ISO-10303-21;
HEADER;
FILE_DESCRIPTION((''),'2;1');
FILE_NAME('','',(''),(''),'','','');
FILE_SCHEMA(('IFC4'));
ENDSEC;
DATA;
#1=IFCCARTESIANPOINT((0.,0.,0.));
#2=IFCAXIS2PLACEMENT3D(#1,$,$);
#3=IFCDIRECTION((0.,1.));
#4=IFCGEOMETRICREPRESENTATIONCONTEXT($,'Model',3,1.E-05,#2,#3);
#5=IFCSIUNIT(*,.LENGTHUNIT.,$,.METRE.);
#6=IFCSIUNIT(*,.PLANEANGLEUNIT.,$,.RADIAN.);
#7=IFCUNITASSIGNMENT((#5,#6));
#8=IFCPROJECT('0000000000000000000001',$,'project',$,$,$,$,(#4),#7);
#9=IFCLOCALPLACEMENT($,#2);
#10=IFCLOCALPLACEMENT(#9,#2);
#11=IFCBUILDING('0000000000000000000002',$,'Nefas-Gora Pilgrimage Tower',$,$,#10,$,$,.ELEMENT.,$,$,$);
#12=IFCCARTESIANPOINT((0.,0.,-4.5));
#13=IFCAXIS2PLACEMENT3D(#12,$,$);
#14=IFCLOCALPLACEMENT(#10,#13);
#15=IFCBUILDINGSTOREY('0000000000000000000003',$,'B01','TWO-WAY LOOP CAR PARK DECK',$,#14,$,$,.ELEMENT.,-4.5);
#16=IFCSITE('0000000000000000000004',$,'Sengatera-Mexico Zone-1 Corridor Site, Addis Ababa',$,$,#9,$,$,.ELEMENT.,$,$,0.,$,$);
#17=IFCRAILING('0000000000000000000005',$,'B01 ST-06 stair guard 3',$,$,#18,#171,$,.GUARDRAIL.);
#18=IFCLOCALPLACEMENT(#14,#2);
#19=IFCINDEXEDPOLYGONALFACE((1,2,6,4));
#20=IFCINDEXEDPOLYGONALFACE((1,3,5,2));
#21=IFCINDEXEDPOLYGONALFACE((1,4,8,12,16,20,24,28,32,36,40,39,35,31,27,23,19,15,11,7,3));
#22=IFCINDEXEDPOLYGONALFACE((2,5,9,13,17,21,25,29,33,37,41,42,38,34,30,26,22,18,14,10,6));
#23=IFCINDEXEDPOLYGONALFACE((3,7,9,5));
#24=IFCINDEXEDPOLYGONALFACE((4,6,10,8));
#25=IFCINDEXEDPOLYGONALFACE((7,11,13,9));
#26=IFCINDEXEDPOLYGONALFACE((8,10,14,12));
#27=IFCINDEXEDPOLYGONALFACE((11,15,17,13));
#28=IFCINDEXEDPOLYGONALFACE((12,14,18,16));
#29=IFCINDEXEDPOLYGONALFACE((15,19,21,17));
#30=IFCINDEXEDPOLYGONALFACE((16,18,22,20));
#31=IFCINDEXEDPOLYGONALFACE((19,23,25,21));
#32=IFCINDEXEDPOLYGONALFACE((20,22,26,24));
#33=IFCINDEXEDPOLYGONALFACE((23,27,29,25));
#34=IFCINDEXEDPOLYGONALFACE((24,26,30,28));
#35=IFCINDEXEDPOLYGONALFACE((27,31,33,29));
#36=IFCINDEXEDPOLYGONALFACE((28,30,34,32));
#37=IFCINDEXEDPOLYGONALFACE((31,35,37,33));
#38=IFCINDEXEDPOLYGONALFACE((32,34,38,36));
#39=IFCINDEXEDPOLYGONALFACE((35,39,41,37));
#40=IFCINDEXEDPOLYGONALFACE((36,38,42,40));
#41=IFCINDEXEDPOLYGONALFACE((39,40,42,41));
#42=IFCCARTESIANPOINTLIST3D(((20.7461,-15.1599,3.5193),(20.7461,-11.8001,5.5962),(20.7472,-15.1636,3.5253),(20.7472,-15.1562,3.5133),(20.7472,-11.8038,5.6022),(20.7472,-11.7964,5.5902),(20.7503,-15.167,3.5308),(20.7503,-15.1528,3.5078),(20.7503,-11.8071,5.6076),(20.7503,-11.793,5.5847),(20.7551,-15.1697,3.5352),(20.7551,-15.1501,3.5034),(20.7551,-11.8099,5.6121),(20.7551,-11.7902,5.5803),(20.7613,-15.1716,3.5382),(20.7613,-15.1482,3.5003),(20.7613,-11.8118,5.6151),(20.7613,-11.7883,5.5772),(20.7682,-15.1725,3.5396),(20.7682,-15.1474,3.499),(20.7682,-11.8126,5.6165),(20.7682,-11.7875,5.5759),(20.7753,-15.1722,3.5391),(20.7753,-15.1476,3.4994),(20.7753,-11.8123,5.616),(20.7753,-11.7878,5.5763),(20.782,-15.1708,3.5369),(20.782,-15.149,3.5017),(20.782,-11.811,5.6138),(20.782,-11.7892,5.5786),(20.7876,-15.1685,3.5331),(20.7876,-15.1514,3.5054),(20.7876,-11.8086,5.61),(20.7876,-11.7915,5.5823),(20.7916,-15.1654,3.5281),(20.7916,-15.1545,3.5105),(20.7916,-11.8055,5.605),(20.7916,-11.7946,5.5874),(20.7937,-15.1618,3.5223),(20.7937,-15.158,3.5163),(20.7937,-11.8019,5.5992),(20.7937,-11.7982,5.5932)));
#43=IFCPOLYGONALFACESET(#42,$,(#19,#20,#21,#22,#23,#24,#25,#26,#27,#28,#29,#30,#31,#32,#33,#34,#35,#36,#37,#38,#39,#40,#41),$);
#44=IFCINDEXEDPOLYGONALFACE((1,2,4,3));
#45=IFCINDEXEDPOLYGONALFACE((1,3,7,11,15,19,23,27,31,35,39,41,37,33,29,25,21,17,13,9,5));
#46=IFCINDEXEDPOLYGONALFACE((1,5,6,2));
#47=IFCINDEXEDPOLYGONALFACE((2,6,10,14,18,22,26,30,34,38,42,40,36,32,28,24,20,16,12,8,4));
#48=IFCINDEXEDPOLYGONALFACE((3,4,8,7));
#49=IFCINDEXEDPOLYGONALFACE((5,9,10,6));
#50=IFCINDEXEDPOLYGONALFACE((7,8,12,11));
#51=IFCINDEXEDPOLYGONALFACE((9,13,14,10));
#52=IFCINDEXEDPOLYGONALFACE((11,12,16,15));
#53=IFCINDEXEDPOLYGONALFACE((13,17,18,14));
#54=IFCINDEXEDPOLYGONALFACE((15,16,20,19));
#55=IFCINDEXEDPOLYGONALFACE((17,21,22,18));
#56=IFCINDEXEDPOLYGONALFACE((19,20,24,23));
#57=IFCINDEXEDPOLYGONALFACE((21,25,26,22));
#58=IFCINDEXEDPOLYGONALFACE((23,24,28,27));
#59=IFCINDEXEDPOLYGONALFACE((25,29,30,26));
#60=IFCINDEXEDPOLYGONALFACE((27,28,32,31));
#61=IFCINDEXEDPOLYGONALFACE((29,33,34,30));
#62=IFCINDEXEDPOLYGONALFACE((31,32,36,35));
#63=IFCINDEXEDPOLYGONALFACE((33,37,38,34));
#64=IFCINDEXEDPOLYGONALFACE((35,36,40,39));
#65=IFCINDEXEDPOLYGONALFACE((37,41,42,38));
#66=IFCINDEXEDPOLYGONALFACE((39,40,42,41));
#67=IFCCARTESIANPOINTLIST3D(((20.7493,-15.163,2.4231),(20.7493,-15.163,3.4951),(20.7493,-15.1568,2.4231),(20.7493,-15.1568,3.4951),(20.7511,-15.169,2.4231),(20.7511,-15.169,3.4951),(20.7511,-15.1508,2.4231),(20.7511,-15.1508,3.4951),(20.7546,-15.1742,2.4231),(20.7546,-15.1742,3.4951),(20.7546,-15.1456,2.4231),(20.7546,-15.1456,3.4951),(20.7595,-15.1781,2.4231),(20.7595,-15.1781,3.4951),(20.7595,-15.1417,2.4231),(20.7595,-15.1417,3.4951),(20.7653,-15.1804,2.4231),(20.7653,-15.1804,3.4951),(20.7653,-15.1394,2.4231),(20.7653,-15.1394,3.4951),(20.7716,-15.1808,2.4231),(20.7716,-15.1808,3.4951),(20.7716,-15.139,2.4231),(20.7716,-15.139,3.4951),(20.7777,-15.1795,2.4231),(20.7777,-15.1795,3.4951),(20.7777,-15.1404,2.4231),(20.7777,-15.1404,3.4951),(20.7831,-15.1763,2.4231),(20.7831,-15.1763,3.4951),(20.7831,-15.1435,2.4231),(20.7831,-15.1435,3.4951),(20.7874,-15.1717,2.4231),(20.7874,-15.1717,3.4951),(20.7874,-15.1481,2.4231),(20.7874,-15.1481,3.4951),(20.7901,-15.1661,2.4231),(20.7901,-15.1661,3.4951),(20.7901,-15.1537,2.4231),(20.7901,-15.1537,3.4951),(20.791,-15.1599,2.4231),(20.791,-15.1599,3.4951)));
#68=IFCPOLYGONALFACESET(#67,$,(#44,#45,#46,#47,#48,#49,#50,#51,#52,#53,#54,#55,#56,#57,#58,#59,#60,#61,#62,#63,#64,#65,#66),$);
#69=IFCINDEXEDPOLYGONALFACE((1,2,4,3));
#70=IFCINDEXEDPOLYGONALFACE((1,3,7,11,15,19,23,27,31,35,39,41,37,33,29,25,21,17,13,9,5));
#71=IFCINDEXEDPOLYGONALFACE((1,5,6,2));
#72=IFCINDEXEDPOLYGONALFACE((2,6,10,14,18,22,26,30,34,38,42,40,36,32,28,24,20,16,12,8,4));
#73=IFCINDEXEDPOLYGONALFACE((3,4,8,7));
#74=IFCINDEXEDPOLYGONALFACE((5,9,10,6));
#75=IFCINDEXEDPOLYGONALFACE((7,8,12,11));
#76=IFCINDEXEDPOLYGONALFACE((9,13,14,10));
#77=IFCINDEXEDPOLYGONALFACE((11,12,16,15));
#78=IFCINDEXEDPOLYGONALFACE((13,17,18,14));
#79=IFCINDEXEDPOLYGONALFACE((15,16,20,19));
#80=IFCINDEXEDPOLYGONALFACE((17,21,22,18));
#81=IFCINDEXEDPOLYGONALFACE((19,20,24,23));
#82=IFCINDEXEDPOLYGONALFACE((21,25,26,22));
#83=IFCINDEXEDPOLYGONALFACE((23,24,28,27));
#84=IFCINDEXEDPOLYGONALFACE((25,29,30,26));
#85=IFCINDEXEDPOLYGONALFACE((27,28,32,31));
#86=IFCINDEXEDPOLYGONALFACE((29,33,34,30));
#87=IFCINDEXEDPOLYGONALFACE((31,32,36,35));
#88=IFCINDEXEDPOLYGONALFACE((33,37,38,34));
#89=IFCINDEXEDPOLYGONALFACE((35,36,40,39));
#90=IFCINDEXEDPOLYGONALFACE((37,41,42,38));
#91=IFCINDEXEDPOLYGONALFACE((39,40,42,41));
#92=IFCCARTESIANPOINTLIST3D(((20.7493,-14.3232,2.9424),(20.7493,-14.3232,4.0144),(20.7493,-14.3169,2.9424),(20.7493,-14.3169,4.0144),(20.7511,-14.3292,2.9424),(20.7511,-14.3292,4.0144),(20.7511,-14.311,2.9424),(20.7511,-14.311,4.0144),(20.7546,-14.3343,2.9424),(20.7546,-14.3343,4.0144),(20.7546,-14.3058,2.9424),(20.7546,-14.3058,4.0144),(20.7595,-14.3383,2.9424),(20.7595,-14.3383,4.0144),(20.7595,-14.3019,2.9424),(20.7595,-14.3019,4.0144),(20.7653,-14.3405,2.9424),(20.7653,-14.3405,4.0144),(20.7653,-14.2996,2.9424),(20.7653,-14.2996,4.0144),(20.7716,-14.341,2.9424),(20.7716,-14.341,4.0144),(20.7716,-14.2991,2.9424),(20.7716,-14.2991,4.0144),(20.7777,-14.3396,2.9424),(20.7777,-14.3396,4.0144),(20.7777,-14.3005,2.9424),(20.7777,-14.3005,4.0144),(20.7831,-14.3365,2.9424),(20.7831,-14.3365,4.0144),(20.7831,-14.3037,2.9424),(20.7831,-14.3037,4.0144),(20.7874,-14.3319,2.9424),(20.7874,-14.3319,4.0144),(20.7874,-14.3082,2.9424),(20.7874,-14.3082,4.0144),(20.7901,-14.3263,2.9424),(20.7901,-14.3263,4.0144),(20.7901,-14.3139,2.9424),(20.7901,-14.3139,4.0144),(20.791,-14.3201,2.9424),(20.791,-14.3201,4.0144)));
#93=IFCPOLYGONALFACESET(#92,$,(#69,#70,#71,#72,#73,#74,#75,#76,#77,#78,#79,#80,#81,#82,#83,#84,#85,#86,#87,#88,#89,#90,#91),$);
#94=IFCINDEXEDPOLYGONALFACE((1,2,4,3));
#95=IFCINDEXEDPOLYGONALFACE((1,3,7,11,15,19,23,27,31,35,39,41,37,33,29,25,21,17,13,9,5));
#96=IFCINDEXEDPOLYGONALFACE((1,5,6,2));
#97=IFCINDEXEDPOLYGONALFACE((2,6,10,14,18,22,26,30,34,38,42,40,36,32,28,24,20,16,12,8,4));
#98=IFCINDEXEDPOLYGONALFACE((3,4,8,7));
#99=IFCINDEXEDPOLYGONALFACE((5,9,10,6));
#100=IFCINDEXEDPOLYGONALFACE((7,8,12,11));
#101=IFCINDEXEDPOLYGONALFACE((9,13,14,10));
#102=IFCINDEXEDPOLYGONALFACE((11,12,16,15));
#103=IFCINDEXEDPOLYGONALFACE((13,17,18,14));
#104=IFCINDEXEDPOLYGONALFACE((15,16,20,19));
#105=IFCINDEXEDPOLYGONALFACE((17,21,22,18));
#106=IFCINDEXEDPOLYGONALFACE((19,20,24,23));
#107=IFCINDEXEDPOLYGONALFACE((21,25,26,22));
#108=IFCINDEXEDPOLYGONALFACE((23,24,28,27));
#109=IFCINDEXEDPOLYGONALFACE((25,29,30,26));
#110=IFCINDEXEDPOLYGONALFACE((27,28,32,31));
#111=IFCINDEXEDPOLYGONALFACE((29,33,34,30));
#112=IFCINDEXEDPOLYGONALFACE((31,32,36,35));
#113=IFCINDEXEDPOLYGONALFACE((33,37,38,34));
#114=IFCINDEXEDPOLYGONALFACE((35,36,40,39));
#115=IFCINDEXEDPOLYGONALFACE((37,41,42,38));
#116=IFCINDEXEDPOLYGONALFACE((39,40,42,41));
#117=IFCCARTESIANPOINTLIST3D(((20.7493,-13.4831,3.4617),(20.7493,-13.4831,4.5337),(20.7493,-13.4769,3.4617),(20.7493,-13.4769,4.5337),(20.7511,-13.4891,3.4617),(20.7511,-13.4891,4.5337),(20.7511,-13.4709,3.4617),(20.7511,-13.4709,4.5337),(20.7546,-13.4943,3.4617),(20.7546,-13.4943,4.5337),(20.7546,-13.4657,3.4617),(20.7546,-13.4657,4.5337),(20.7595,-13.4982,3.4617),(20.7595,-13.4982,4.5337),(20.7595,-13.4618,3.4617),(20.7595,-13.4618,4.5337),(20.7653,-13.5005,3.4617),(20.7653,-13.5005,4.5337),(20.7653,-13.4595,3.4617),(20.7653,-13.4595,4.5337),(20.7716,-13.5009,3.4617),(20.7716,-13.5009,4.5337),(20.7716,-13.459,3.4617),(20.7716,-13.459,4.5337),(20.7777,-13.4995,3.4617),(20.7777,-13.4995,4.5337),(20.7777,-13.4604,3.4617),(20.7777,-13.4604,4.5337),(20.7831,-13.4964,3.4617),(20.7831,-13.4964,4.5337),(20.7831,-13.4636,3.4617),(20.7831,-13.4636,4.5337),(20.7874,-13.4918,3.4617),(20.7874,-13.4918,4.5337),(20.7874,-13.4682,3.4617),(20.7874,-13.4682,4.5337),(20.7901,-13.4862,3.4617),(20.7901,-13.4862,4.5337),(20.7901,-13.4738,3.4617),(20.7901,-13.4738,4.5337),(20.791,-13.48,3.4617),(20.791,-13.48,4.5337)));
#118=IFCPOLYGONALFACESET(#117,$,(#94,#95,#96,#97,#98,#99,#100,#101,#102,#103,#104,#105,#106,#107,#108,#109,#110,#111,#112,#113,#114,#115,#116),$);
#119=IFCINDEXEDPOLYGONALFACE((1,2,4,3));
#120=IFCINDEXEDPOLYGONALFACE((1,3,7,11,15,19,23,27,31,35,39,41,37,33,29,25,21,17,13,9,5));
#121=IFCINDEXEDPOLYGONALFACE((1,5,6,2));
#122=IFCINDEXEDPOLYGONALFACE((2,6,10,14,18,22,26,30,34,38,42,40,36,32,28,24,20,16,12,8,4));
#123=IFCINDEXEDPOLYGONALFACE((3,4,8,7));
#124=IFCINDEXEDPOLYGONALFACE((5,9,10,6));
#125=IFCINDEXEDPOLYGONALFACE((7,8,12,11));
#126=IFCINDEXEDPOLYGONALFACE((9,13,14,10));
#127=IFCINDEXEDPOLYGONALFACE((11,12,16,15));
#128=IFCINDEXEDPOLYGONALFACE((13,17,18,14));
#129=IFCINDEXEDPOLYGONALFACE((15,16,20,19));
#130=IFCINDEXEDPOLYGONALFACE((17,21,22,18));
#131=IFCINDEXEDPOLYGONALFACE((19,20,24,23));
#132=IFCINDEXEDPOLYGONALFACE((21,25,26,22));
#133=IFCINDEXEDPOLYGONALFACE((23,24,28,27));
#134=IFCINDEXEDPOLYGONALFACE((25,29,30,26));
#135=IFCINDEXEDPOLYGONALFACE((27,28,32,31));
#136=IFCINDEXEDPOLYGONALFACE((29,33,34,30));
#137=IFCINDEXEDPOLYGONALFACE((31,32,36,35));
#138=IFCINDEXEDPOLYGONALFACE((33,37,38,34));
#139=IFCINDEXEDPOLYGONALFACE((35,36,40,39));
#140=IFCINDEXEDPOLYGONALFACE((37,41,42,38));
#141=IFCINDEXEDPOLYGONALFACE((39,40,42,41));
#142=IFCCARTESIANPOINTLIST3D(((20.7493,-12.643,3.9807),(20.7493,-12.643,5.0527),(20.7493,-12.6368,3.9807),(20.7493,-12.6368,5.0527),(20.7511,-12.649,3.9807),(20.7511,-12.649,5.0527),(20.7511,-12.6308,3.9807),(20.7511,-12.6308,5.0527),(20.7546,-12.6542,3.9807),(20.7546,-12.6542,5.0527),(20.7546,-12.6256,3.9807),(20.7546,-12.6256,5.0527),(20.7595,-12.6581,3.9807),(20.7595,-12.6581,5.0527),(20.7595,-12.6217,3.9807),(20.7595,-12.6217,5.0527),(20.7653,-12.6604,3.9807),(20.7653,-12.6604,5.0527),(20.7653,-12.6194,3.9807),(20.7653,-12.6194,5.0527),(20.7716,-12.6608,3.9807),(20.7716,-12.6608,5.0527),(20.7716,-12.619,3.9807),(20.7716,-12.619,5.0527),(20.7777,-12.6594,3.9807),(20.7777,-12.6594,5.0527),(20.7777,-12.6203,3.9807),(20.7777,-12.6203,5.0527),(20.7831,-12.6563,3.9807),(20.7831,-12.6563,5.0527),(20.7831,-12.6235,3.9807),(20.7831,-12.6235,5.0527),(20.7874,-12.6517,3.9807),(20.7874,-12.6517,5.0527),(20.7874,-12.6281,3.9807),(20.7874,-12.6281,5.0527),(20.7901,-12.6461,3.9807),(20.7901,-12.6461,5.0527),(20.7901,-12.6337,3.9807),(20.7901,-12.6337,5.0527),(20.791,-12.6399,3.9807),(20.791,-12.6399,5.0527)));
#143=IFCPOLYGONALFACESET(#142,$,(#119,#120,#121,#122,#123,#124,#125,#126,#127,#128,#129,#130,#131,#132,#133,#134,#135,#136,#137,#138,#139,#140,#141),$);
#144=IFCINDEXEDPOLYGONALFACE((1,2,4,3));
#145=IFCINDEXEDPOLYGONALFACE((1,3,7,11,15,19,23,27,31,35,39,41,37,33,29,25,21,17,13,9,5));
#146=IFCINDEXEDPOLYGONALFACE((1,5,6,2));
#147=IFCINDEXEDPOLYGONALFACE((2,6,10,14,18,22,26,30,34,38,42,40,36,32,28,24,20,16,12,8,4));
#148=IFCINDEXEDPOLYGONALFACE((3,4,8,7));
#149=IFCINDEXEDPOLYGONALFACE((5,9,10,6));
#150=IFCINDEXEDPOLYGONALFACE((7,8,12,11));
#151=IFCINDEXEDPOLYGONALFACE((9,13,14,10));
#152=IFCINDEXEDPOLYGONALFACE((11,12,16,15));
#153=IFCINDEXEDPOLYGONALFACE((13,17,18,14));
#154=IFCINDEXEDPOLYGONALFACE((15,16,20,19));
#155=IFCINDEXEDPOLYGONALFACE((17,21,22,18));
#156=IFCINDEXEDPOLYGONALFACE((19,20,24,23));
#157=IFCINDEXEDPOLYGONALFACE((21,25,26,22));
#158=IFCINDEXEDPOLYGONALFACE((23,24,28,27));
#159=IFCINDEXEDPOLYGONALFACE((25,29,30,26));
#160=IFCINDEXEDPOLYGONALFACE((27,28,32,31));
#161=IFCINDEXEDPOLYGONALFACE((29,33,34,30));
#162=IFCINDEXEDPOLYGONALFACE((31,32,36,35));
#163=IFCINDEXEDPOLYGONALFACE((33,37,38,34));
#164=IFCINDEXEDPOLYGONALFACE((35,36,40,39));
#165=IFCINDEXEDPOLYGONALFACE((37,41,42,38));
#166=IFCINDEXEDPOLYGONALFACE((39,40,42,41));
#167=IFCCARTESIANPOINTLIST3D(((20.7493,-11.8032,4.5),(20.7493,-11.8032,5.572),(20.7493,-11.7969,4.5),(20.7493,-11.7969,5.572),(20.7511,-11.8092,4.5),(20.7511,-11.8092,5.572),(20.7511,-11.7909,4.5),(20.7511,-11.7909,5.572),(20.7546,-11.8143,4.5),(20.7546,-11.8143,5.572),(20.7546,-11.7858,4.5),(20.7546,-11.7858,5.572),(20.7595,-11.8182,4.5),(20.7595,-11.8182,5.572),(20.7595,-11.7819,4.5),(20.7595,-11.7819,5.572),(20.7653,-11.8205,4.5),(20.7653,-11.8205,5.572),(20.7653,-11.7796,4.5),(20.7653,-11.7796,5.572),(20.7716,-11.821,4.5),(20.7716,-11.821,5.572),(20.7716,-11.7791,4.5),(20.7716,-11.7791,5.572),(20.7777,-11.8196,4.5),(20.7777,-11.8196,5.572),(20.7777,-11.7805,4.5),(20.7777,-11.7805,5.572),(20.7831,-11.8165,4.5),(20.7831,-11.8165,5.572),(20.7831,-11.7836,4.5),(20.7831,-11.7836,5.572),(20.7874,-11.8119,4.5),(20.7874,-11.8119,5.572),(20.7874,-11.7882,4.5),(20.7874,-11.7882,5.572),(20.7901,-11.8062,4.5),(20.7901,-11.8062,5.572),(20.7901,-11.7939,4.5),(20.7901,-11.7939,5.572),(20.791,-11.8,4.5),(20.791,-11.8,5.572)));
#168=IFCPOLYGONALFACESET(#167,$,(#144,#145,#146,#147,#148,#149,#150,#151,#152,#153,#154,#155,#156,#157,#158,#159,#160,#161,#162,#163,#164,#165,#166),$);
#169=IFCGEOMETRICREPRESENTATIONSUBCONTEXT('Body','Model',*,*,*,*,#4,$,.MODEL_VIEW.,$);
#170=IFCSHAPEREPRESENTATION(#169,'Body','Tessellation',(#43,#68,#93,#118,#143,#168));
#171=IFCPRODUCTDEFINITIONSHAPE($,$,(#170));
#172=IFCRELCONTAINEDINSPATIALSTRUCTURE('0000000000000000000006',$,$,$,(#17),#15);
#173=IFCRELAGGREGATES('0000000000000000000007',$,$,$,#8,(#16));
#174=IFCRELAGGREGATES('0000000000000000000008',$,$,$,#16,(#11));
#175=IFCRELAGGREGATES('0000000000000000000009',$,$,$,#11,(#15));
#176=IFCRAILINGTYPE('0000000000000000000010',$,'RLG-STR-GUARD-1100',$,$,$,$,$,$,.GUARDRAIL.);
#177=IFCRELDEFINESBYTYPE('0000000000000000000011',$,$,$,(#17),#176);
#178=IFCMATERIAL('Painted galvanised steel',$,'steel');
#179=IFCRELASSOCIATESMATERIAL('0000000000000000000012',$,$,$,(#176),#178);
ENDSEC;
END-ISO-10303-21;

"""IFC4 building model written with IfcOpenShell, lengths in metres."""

from ifc_helpers import new_model, si_unit, direction, frame, origin, origin_2d, place, context, subcontext, project, spatial, circle, extrude, material, type_object, element, save


model = new_model("IFC4")

# Units and contexts
model_context = context("Model", 3, precision=1e-05, world=origin(), true_north=direction((0.0, 1.0)))
body_context = subcontext(model_context, "Body", "Model", "MODEL_VIEW")
ifc_project = project(units=[si_unit("LENGTHUNIT", "METRE"), si_unit("PLANEANGLEUNIT", "RADIAN")], contexts=[model_context])

# Site, building, storey
site_placement = place(None, origin())
site = spatial("IfcSite", under=ifc_project, at=site_placement, Name="Sengatera-Mexico Zone-1 Corridor Site, Addis Ababa", CompositionType="ELEMENT", RefElevation=0.0)
building_placement = place(site_placement, origin())
building = spatial("IfcBuilding", under=site, at=building_placement, Name="Nefas-Gora Pilgrimage Tower", CompositionType="ELEMENT")
storey_placement = place(building_placement, frame((0.0, 0.0, -4.5)))
storey = spatial("IfcBuildingStorey", under=building, at=storey_placement, Name="B01", Description="TWO-WAY LOOP CAR PARK DECK", CompositionType="ELEMENT", Elevation=-4.5)

# Railing
ifc_material_1 = material(Name="Painted galvanised steel", Category="steel")
railing_type_1 = type_object("IfcRailingType", Name="RLG-STR-GUARD-1100", PredefinedType="GUARDRAIL", material=ifc_material_1)
railing_1_placement = place(storey_placement, frame((20.77, -15.1599, 2.4231)))
element("IfcRailing", 1, at=railing_1_placement, inside=storey, type_object=railing_type_1, Name="B01 ST-06 stair guard 3", PredefinedType="GUARDRAIL", context=body_context, shape_type="SweptSolid", body=[
    extrude(circle(Radius=0.0239, at=origin_2d()), frame((0.0, 0.0, 1.0962), z_axis=(0.0, 0.850606, 0.525803), x_axis=(-1.0, 0.0, 0.0)), (0.0, 0.0, 1.0), 3.95),
    extrude(circle(Radius=0.021, at=origin_2d()), origin(), (0.0, 0.0, 1.0), 1.072),
    extrude(circle(Radius=0.021, at=origin_2d()), frame((0.0, 0.8398, 0.5193)), (0.0, 0.0, 1.0), 1.072),
    extrude(circle(Radius=0.021, at=origin_2d()), frame((0.0, 1.6799, 1.0386)), (0.0, 0.0, 1.0), 1.072),
    extrude(circle(Radius=0.021, at=origin_2d()), frame((0.0, 2.52, 1.5576)), (0.0, 0.0, 1.0), 1.072),
    extrude(circle(Radius=0.021, at=origin_2d()), frame((0.0, 3.3599, 2.0769)), (0.0, 0.0, 1.0), 1.072),
])

save(model, "model.ifc")
